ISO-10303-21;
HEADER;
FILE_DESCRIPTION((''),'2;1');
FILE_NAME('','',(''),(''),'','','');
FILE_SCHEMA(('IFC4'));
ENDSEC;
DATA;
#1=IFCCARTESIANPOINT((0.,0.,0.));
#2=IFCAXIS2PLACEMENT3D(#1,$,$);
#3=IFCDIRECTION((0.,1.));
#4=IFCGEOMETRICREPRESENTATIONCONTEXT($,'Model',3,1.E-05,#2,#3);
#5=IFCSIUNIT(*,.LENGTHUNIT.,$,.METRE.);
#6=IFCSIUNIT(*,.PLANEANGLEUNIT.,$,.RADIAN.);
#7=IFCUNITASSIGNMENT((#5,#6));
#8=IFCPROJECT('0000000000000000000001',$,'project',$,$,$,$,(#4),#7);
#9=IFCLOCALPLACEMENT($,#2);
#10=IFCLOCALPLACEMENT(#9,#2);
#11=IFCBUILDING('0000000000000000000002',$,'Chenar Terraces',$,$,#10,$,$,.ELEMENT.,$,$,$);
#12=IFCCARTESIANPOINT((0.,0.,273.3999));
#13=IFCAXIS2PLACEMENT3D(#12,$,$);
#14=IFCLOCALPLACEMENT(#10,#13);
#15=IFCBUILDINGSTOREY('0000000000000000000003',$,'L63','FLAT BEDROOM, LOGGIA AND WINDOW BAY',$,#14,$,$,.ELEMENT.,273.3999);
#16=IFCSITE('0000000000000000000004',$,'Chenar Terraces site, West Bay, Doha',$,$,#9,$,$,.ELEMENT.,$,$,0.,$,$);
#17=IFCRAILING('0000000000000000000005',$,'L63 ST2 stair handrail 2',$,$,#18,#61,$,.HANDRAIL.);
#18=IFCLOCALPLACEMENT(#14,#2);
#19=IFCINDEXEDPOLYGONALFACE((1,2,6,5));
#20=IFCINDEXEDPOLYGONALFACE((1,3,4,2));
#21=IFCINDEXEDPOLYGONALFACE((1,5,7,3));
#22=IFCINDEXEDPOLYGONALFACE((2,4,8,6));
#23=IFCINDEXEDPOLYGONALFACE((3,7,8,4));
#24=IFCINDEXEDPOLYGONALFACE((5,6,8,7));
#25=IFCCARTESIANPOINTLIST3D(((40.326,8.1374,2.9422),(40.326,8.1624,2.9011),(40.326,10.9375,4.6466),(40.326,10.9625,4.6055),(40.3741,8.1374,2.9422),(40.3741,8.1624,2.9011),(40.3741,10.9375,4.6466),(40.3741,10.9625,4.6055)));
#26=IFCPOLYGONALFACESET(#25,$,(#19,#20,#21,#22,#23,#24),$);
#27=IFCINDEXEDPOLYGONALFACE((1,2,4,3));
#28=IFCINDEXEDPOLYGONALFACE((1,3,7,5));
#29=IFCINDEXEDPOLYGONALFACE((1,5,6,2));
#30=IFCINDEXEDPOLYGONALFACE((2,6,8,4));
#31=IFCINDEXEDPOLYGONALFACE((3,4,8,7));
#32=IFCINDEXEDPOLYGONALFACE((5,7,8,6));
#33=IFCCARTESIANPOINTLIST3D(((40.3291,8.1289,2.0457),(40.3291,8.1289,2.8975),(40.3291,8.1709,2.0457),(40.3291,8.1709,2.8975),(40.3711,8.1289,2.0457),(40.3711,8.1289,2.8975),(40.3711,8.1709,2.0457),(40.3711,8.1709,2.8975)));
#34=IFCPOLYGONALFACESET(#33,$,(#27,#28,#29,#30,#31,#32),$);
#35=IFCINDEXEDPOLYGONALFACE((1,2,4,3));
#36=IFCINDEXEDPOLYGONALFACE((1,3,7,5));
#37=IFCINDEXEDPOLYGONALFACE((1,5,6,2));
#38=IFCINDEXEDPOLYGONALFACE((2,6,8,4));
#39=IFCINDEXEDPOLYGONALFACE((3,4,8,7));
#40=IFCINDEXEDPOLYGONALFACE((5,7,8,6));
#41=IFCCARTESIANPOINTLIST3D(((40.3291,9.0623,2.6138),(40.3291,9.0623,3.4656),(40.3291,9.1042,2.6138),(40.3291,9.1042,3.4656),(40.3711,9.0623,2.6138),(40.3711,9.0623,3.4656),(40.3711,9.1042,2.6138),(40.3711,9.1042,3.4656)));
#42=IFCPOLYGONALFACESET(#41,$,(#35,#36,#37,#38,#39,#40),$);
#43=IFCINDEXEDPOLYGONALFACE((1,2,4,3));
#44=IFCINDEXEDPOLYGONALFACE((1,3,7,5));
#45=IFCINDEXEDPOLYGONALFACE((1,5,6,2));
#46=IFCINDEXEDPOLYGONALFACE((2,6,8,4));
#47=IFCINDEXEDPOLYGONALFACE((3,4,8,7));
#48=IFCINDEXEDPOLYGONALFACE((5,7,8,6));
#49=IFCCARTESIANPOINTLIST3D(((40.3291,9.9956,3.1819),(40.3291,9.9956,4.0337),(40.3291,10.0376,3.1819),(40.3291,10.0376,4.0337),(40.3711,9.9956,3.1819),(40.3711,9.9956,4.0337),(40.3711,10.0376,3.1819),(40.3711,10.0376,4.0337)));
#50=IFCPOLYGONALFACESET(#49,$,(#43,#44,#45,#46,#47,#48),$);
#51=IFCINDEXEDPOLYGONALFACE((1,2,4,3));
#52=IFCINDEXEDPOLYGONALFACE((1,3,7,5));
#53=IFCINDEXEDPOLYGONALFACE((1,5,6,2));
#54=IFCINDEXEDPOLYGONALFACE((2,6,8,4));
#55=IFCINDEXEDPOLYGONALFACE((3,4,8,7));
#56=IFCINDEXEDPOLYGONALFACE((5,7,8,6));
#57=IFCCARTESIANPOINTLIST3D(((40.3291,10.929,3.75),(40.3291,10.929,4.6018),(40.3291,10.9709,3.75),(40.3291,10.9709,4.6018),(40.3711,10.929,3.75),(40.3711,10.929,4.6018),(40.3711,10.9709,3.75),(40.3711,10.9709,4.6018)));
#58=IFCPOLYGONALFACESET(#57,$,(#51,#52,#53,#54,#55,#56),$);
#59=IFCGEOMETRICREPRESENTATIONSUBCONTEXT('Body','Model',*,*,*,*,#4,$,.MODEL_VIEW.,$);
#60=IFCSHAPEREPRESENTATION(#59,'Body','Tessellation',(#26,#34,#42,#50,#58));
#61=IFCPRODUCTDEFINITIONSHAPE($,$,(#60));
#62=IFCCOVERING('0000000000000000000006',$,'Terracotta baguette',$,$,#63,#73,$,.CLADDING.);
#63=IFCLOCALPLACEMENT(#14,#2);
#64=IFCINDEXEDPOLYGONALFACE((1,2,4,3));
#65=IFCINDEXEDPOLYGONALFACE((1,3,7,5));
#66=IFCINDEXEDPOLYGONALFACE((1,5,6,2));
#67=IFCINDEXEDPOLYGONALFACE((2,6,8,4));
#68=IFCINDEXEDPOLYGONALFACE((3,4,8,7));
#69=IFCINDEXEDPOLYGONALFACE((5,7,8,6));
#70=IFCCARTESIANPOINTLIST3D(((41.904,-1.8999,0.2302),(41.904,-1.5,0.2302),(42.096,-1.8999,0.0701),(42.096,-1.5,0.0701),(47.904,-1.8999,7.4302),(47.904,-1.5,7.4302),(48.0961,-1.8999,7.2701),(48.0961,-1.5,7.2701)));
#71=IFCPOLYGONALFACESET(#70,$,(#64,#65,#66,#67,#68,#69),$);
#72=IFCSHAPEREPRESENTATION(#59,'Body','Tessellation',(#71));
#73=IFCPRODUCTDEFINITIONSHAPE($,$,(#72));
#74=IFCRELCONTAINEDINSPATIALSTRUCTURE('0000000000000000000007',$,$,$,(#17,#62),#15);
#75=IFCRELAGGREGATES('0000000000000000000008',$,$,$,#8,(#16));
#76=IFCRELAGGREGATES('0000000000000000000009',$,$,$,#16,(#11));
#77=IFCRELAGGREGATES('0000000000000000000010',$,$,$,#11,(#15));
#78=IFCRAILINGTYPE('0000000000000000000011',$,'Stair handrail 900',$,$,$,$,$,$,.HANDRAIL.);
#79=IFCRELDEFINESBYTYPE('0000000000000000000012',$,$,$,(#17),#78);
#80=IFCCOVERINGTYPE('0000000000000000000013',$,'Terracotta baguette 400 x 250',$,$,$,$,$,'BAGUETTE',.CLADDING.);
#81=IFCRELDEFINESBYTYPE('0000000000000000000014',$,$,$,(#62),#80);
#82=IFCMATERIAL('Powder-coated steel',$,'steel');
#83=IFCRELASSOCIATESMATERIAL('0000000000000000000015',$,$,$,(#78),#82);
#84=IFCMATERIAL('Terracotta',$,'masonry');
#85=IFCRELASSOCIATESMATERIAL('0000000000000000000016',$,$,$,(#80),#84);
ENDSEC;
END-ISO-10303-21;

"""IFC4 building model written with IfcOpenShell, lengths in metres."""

from ifc_helpers import new_model, si_unit, direction, frame, origin, origin_2d, place, context, subcontext, project, spatial, rectangle, extrude, material, material_profile, profile_set, type_object, element, save


model = new_model("IFC4")

# Units and contexts
model_context = context("Model", 3, precision=1e-05, world=origin(), true_north=direction((0.0, 1.0)))
body_context = subcontext(model_context, "Body", "Model", "MODEL_VIEW")
ifc_project = project(units=[si_unit("LENGTHUNIT", "METRE"), si_unit("PLANEANGLEUNIT", "RADIAN")], contexts=[model_context])

# Site, building, storey
site_placement = place(None, origin())
site = spatial("IfcSite", under=ifc_project, at=site_placement, Name="Chenar Terraces site, West Bay, Doha", CompositionType="ELEMENT", RefElevation=0.0)
building_placement = place(site_placement, origin())
building = spatial("IfcBuilding", under=site, at=building_placement, Name="Chenar Terraces", CompositionType="ELEMENT")
storey_placement = place(building_placement, frame((0.0, 0.0, 273.3999)))
storey = spatial("IfcBuildingStorey", under=building, at=storey_placement, Name="L63", Description="FLAT BEDROOM, LOGGIA AND WINDOW BAY", CompositionType="ELEMENT", Elevation=273.3999)

# Railing
ifc_material_1 = material(Name="Powder-coated steel", Category="steel")
railing_type_1 = type_object("IfcRailingType", Name="Stair handrail 900", PredefinedType="HANDRAIL", material=ifc_material_1)
railing_1_placement = place(storey_placement, frame((40.3501, 8.1499, 2.0457)))
element("IfcRailing", 1, at=railing_1_placement, inside=storey, type_object=railing_type_1, Name="L63 ST2 stair handrail 2", PredefinedType="HANDRAIL", context=body_context, shape_type="SweptSolid", body=[
    extrude(rectangle(XDim=0.0481, YDim=0.0481, at=origin_2d()), frame((0.0, 0.0, 0.876), z_axis=(0.0, 0.854203, 0.51994), x_axis=(-1.0, 0.0, 0.0)), (0.0, 0.0, 1.0), 3.2781),
    extrude(rectangle(XDim=0.042, YDim=0.042, at=origin_2d()), origin(), (0.0, 0.0, 1.0), 0.8518),
    extrude(rectangle(XDim=0.042, YDim=0.042, at=origin_2d()), frame((0.0, 0.9333, 0.5681)), (0.0, 0.0, 1.0), 0.8518),
    extrude(rectangle(XDim=0.042, YDim=0.042, at=origin_2d()), frame((0.0, 1.8667, 1.1362)), (0.0, 0.0, 1.0), 0.8518),
    extrude(rectangle(XDim=0.042, YDim=0.042, at=origin_2d()), frame((0.0, 2.8, 1.7043)), (0.0, 0.0, 1.0), 0.8518),
])

# Covering
ifc_material_2 = material(Name="Terracotta", Category="masonry")
ifc_material_profile_1 = material_profile(ifc_material_2, rectangle(XDim=0.3999, YDim=0.25, at=origin_2d()), Name="Terracotta baguette 400 x 250")
ifc_profile_set_1 = profile_set([ifc_material_profile_1], Name="Terracotta")
covering_type = type_object("IfcCoveringType", Name="Terracotta baguette 400 x 250", ElementType="BAGUETTE", PredefinedType="CLADDING", material=ifc_profile_set_1)
covering_placement = place(storey_placement, frame((42.0, -1.7, 0.1501), z_axis=(0.640187, 0.0, 0.768219), x_axis=(0.0, 1.0, 0.0)))
element("IfcCovering", 2, at=covering_placement, inside=storey, type_object=covering_type, Name="Terracotta baguette", PredefinedType="CLADDING", context=body_context, shape_type="SweptSolid", body=[
    extrude(rectangle(XDim=0.3999, YDim=0.25, at=origin_2d()), origin(), (0.0, 0.0, 1.0), 9.3723),
])

save(model, "model.ifc")
